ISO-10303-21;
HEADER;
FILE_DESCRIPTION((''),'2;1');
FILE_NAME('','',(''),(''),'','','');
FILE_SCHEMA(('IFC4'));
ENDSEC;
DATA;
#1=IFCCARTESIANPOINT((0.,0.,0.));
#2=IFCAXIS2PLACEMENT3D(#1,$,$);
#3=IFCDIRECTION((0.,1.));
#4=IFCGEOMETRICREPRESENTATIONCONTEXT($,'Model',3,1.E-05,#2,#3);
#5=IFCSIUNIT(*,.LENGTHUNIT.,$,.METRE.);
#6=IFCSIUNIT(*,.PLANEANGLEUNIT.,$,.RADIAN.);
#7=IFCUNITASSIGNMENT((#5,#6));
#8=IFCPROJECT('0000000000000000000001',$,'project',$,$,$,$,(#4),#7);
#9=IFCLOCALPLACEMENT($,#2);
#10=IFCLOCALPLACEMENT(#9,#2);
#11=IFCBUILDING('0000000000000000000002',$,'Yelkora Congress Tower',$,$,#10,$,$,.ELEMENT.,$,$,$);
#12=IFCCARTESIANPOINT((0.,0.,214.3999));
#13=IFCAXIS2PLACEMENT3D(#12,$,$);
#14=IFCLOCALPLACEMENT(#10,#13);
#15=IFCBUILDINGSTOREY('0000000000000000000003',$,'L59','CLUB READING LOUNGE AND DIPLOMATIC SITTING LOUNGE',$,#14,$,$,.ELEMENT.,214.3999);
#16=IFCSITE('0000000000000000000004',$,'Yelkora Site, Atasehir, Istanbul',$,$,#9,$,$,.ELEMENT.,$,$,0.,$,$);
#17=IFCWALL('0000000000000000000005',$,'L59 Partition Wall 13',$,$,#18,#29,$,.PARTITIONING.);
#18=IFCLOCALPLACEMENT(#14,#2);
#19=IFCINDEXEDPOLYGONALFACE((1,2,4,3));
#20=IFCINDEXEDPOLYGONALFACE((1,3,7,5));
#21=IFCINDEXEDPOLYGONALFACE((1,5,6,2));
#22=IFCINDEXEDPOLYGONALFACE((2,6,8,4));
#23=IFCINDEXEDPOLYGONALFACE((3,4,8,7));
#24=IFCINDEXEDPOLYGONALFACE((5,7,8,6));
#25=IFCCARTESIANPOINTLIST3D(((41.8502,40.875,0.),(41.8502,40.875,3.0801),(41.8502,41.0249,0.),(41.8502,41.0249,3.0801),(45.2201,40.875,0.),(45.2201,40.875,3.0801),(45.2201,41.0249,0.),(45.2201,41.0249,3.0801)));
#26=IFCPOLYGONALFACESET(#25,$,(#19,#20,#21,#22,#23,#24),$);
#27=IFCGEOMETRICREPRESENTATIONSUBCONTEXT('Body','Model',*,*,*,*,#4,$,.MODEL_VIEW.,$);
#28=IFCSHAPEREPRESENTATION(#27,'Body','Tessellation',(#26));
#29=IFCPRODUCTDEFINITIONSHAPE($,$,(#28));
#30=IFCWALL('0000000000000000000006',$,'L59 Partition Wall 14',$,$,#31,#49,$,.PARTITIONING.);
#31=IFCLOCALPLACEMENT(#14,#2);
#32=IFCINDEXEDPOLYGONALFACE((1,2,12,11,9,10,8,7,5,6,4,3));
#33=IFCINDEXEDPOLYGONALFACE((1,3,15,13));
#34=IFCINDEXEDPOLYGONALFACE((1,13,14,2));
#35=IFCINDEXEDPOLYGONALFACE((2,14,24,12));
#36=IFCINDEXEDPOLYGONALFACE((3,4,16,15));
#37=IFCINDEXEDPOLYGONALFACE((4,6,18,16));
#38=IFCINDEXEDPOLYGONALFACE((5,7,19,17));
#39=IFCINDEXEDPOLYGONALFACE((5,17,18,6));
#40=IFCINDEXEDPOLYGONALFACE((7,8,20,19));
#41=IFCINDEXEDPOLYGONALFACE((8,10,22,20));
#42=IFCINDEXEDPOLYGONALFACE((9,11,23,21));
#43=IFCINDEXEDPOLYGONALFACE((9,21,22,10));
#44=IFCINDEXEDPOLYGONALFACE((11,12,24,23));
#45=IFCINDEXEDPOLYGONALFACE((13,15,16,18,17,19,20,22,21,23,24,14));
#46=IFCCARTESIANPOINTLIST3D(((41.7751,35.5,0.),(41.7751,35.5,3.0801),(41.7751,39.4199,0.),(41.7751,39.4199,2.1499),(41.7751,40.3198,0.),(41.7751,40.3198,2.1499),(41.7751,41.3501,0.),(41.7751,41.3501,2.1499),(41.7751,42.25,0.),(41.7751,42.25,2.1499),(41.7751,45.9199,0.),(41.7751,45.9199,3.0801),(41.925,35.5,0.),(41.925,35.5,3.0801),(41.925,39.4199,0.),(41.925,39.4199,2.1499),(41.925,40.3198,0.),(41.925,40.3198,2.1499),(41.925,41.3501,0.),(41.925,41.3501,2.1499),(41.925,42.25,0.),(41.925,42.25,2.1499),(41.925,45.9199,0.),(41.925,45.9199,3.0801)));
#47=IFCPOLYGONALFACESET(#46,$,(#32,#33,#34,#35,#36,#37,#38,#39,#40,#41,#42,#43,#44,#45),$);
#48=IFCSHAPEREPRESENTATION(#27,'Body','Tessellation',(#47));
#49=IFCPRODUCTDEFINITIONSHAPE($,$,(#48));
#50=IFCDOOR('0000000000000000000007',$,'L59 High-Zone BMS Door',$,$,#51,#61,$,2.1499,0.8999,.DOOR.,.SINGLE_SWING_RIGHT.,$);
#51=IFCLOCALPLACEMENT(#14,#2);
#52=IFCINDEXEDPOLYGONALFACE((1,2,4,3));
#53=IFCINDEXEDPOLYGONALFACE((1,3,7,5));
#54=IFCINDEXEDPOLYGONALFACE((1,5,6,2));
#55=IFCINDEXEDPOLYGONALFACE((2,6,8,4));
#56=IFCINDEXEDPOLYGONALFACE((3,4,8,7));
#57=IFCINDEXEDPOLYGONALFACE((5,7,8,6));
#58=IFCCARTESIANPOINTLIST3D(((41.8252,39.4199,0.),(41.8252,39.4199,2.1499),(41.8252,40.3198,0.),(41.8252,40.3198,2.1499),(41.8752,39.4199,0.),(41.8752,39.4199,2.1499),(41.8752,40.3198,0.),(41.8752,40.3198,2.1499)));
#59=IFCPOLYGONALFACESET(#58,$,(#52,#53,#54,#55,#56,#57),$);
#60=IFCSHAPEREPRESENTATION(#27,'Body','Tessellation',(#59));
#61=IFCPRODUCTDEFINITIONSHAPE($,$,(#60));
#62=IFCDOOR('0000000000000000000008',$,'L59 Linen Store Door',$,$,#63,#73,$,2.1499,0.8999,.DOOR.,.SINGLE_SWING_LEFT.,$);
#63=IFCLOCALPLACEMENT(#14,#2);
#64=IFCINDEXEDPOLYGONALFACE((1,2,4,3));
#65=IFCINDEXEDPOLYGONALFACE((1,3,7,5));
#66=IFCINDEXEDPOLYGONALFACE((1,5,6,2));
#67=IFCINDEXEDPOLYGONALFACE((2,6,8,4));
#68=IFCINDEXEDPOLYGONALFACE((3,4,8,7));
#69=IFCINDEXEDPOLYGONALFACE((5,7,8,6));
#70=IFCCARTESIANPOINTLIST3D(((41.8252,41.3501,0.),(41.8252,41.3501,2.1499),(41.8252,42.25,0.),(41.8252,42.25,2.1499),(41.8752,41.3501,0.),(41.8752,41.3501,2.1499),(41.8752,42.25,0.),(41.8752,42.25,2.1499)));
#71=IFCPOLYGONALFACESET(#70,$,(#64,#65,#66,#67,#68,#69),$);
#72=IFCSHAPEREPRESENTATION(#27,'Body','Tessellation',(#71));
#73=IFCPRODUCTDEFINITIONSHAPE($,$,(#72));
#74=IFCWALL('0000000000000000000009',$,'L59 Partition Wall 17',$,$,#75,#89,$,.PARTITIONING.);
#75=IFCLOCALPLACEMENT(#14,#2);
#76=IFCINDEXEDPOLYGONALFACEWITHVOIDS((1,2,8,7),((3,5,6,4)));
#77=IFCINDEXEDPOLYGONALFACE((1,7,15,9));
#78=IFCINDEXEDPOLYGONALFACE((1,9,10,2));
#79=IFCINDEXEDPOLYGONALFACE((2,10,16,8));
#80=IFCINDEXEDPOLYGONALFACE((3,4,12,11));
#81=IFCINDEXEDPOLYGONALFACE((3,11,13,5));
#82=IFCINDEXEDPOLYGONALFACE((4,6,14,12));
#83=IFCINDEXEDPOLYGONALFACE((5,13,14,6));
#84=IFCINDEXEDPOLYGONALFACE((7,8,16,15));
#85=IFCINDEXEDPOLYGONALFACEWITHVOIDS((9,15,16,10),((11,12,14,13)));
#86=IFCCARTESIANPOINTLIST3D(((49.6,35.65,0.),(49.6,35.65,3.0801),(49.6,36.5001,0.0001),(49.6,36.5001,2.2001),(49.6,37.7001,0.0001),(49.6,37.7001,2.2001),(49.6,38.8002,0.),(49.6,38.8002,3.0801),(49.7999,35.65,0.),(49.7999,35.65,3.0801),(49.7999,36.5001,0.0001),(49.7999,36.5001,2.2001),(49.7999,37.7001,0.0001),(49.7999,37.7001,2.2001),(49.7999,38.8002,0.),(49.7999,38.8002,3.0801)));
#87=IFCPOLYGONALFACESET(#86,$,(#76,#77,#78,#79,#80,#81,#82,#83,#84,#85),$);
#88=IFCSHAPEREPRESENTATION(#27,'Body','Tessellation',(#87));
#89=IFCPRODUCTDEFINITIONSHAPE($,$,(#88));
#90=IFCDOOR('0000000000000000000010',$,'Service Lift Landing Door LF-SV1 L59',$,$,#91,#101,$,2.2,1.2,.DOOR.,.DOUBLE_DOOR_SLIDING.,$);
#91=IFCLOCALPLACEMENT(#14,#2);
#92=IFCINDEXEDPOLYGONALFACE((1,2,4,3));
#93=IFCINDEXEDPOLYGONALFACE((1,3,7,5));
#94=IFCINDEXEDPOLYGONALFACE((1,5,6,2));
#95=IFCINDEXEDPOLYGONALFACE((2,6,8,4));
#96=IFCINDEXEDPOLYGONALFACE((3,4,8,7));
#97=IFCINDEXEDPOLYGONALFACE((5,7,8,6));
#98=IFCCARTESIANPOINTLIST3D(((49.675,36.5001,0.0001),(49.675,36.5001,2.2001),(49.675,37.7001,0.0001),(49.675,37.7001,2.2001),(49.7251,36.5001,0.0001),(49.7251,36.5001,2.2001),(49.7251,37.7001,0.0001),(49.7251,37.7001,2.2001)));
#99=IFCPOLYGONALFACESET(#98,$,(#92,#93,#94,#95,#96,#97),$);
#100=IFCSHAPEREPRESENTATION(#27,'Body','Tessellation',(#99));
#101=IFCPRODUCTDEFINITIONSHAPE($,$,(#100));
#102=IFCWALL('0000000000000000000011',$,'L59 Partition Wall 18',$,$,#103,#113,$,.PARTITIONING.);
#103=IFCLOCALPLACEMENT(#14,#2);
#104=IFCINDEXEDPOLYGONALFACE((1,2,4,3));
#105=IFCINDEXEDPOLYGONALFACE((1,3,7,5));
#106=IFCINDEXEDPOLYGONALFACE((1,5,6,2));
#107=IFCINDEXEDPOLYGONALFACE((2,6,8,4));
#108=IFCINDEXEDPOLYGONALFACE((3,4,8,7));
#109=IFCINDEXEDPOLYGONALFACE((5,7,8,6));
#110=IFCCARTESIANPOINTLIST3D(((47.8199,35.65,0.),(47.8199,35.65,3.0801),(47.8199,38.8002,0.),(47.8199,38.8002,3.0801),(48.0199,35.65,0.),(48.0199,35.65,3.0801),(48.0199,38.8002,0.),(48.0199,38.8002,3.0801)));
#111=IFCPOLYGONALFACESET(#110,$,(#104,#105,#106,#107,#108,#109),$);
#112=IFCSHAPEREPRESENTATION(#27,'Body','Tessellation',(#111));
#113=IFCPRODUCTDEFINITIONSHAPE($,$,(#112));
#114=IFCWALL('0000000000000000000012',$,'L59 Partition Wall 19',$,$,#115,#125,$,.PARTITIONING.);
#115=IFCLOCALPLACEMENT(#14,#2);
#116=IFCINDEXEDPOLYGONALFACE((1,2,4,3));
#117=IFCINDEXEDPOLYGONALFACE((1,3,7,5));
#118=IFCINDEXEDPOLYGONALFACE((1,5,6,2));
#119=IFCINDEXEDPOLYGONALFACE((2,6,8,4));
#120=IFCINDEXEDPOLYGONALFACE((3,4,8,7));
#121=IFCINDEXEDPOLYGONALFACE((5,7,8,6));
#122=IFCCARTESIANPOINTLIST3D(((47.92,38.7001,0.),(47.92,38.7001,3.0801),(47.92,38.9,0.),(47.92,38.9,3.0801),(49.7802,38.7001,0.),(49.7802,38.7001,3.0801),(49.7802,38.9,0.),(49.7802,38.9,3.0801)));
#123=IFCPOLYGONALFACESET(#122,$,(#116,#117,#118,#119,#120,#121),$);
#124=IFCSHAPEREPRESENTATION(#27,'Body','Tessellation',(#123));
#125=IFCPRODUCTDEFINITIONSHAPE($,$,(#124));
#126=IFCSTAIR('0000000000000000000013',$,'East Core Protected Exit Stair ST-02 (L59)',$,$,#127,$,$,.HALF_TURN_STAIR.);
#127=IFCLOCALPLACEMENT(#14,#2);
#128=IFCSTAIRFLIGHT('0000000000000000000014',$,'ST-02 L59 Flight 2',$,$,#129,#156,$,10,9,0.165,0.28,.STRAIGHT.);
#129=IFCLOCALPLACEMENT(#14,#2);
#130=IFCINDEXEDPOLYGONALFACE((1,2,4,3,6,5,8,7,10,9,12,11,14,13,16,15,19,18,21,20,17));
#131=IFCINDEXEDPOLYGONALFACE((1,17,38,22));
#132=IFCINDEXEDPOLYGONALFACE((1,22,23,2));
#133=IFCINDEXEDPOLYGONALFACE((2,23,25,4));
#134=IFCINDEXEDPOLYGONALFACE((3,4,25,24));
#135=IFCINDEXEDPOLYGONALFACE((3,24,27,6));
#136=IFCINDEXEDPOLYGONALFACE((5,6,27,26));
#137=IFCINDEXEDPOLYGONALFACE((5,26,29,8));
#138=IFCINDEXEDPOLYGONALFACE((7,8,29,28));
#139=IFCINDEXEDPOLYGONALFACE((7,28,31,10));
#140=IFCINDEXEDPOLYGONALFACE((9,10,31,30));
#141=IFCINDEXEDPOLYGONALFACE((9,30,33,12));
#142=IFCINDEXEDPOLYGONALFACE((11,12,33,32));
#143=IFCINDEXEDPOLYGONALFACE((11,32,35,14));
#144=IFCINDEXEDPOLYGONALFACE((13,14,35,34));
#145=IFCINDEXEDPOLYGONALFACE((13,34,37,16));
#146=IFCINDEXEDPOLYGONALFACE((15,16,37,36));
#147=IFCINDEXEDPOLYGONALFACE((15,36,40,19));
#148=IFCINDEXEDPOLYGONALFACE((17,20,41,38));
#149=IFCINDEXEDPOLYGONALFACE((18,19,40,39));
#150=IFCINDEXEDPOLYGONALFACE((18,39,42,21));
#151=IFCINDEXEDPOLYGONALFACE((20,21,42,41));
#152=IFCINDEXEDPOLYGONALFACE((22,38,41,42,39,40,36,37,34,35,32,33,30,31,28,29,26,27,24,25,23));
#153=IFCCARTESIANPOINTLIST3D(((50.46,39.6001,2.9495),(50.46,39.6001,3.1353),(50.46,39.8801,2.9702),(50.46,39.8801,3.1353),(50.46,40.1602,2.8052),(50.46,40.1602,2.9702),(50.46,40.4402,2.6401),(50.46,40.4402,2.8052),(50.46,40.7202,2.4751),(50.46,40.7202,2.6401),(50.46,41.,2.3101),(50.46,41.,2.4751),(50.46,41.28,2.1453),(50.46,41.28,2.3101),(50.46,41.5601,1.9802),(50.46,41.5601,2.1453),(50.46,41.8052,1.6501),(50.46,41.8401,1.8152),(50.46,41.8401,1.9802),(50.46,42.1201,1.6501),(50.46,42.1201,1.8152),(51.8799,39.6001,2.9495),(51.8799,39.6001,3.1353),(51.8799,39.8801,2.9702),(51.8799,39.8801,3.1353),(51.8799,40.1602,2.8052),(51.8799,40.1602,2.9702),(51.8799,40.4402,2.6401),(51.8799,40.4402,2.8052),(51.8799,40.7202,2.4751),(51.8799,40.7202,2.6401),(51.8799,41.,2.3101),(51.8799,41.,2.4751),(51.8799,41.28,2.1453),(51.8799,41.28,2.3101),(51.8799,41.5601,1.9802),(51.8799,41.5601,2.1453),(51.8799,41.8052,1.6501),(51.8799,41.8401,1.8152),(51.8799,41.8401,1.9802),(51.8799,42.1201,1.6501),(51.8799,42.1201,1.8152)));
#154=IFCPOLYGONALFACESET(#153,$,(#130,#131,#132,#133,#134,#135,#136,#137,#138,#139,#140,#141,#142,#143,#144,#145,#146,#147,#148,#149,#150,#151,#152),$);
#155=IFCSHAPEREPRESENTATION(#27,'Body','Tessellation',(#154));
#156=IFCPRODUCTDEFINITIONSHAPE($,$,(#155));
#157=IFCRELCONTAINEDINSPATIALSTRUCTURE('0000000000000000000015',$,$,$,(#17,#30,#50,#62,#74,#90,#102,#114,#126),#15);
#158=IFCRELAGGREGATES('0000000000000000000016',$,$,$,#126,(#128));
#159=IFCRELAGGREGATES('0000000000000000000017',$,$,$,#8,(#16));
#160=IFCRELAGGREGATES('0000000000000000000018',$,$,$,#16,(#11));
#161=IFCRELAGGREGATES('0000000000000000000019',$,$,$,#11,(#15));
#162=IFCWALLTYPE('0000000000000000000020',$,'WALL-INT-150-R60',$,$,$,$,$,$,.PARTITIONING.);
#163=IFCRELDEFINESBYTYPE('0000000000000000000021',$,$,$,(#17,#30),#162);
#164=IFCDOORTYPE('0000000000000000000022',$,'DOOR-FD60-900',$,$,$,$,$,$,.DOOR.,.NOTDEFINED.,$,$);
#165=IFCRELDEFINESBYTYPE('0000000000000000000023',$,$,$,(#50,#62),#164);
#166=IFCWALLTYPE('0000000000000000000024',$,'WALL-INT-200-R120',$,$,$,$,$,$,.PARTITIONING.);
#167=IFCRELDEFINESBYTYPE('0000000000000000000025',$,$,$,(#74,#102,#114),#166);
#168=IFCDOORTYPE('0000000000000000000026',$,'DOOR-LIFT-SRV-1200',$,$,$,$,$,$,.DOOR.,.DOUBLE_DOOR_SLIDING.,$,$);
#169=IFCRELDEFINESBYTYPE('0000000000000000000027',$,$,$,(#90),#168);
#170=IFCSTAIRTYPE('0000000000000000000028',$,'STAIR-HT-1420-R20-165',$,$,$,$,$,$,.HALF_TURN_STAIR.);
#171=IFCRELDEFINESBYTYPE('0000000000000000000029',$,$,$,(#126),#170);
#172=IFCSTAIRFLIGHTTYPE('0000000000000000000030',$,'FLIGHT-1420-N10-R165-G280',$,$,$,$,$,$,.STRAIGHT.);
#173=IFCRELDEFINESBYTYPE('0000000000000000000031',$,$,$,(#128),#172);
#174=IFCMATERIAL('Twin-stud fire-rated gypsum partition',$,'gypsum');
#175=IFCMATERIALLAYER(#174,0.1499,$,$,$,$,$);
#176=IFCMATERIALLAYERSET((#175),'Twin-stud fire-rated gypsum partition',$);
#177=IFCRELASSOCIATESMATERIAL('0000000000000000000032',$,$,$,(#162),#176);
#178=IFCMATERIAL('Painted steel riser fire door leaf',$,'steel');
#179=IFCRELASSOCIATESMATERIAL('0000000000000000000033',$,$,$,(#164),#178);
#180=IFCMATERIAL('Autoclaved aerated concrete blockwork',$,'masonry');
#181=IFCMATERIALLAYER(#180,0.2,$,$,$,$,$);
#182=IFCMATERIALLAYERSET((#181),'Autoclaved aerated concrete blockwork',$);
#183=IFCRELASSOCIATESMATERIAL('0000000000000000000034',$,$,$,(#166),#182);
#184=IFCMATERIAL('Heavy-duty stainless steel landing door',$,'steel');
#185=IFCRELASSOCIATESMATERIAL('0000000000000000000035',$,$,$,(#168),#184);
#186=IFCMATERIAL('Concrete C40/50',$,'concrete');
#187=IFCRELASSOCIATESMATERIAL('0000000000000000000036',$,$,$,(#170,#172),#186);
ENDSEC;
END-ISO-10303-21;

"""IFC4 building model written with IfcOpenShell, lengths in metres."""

from ifc_helpers import new_model, si_unit, direction, frame, frame_2d, origin, place, context, subcontext, project, spatial, polyline, rectangle, outline, extrude, material, layer, layer_set, type_object, element, fill, aggregate, save


model = new_model("IFC4")

# Units and contexts
model_context = context("Model", 3, precision=1e-05, world=origin(), true_north=direction((0.0, 1.0)))
body_context = subcontext(model_context, "Body", "Model", "MODEL_VIEW")
ifc_project = project(units=[si_unit("LENGTHUNIT", "METRE"), si_unit("PLANEANGLEUNIT", "RADIAN")], contexts=[model_context])

# Site, building, storey
site_placement = place(None, origin())
site = spatial("IfcSite", under=ifc_project, at=site_placement, Name="Yelkora Site, Atasehir, Istanbul", CompositionType="ELEMENT", RefElevation=0.0)
building_placement = place(site_placement, origin())
building = spatial("IfcBuilding", under=site, at=building_placement, Name="Yelkora Congress Tower", CompositionType="ELEMENT")
storey_placement = place(building_placement, frame((0.0, 0.0, 214.3999)))
storey = spatial("IfcBuildingStorey", under=building, at=storey_placement, Name="L59", Description="CLUB READING LOUNGE AND DIPLOMATIC SITTING LOUNGE", CompositionType="ELEMENT", Elevation=214.3999)

# Wall
ifc_material_1 = material(Name="Twin-stud fire-rated gypsum partition", Category="gypsum")
ifc_layer_1 = layer(ifc_material_1, 0.1499)
ifc_layer_set_1 = layer_set([ifc_layer_1], Name="Twin-stud fire-rated gypsum partition")
wall_type_1 = type_object("IfcWallType", Name="WALL-INT-150-R60", PredefinedType="PARTITIONING", material=ifc_layer_set_1)
wall_1_placement = place(storey_placement, frame((41.8501, 40.95, 0.0), z_axis=(0.0, 0.0, 1.0), x_axis=(1.0, 0.0, 0.0)))
element("IfcWall", 1, at=wall_1_placement, inside=storey, type_object=wall_type_1, Name="L59 Partition Wall 13", PredefinedType="PARTITIONING", context=body_context, shape_type="SweptSolid", body=[
    extrude(rectangle(XDim=3.3699, YDim=0.1499, at=frame_2d((1.6851, 0.0))), origin(), (0.0, 0.0, 1.0), 3.0801),
])

# Wall, openings, doors
wall_2_placement = place(storey_placement, frame((41.8501, 35.5, 0.0), z_axis=(0.0, 0.0, 1.0), x_axis=(0.0, 1.0, 0.0)))
wall_2 = element("IfcWall", 2, at=wall_2_placement, inside=storey, type_object=wall_type_1, Name="L59 Partition Wall 14", PredefinedType="PARTITIONING", context=body_context, shape_type="SweptSolid", body=[
    extrude(rectangle(XDim=10.4199, YDim=0.1499, at=frame_2d((5.21, 0.0))), origin(), (0.0, 0.0, 1.0), 3.0801),
])
opening_1_placement = place(wall_2_placement, frame((3.9199, 0.0, 0.0)))
opening_1 = element("IfcOpeningElement", 3, at=opening_1_placement, cuts=wall_2, PredefinedType="OPENING", context=body_context, shape_type="SweptSolid", body=[
    extrude(rectangle(XDim=0.8999, YDim=2.1499, at=frame_2d((0.45, 1.075))), frame((0.0, 0.085, 0.0), z_axis=(0.0, -1.0, 0.0), x_axis=(1.0, 0.0, 0.0)), (0.0, 0.0, 1.0), 0.1699),
])
opening_2_placement = place(wall_2_placement, frame((5.8501, 0.0, 0.0)))
opening_2 = element("IfcOpeningElement", 4, at=opening_2_placement, cuts=wall_2, PredefinedType="OPENING", context=body_context, shape_type="SweptSolid", body=[
    extrude(rectangle(XDim=0.8999, YDim=2.1499, at=frame_2d((0.45, 1.075))), frame((0.0, 0.085, 0.0), z_axis=(0.0, -1.0, 0.0), x_axis=(1.0, 0.0, 0.0)), (0.0, 0.0, 1.0), 0.1699),
])
ifc_material_2 = material(Name="Painted steel riser fire door leaf", Category="steel")
door_type_1 = type_object("IfcDoorType", Name="DOOR-FD60-900", OperationType="NOTDEFINED", PredefinedType="DOOR", material=ifc_material_2)
door_1_placement = place(opening_1_placement, origin())
door_1 = element("IfcDoor", 5, at=door_1_placement, inside=storey, type_object=door_type_1, Name="L59 High-Zone BMS Door", OperationType="SINGLE_SWING_RIGHT", OverallHeight=2.1499, OverallWidth=0.8999, PredefinedType="DOOR", context=body_context, shape_type="SweptSolid", body=[
    extrude(rectangle(XDim=0.8999, YDim=2.1499, at=frame_2d((0.45, 1.075))), frame((0.0, 0.0249, 0.0), z_axis=(0.0, -1.0, 0.0), x_axis=(1.0, 0.0, 0.0)), (0.0, 0.0, 1.0), 0.05),
])
fill(opening_1, door_1)
door_2_placement = place(opening_2_placement, origin())
door_2 = element("IfcDoor", 6, at=door_2_placement, inside=storey, type_object=door_type_1, Name="L59 Linen Store Door", OperationType="SINGLE_SWING_LEFT", OverallHeight=2.1499, OverallWidth=0.8999, PredefinedType="DOOR", context=body_context, shape_type="SweptSolid", body=[
    extrude(rectangle(XDim=0.8999, YDim=2.1499, at=frame_2d((0.45, 1.075))), frame((0.0, 0.0249, 0.0), z_axis=(0.0, -1.0, 0.0), x_axis=(1.0, 0.0, 0.0)), (0.0, 0.0, 1.0), 0.05),
])
fill(opening_2, door_2)

# Wall, opening, door
ifc_material_3 = material(Name="Autoclaved aerated concrete blockwork", Category="masonry")
ifc_layer_2 = layer(ifc_material_3, 0.2)
ifc_layer_set_2 = layer_set([ifc_layer_2], Name="Autoclaved aerated concrete blockwork")
wall_type_2 = type_object("IfcWallType", Name="WALL-INT-200-R120", PredefinedType="PARTITIONING", material=ifc_layer_set_2)
wall_3_placement = place(storey_placement, frame((49.7, 35.6499, 0.0), z_axis=(0.0, 0.0, 1.0), x_axis=(0.0, 1.0, 0.0)))
wall_3 = element("IfcWall", 7, at=wall_3_placement, inside=storey, type_object=wall_type_2, Name="L59 Partition Wall 17", PredefinedType="PARTITIONING", context=body_context, shape_type="SweptSolid", body=[
    extrude(rectangle(XDim=3.1501, YDim=0.2, at=frame_2d((1.5752, 0.0))), origin(), (0.0, 0.0, 1.0), 3.0801),
])
opening_3_placement = place(wall_3_placement, frame((0.8501, 0.0, 0.0)))
opening_3 = element("IfcOpeningElement", 8, at=opening_3_placement, cuts=wall_3, PredefinedType="OPENING", context=body_context, shape_type="SweptSolid", body=[
    extrude(rectangle(XDim=1.2, YDim=2.2, at=frame_2d((0.6001, 1.1001))), frame((0.0, 0.1099, 0.0), z_axis=(0.0, -1.0, 0.0), x_axis=(1.0, 0.0, 0.0)), (0.0, 0.0, 1.0), 0.22),
])
ifc_material_4 = material(Name="Heavy-duty stainless steel landing door", Category="steel")
door_type_2 = type_object("IfcDoorType", Name="DOOR-LIFT-SRV-1200", OperationType="DOUBLE_DOOR_SLIDING", PredefinedType="DOOR", material=ifc_material_4)
door_3_placement = place(opening_3_placement, origin())
door_3 = element("IfcDoor", 9, at=door_3_placement, inside=storey, type_object=door_type_2, Name="Service Lift Landing Door LF-SV1 L59", OperationType="DOUBLE_DOOR_SLIDING", OverallHeight=2.2, OverallWidth=1.2, PredefinedType="DOOR", context=body_context, shape_type="SweptSolid", body=[
    extrude(rectangle(XDim=1.2, YDim=2.2, at=frame_2d((0.6001, 1.1001))), frame((0.0, 0.0249, 0.0), z_axis=(0.0, -1.0, 0.0), x_axis=(1.0, 0.0, 0.0)), (0.0, 0.0, 1.0), 0.05),
])
fill(opening_3, door_3)

# Walls
wall_4_placement = place(storey_placement, frame((47.9199, 35.6499, 0.0), z_axis=(0.0, 0.0, 1.0), x_axis=(0.0, 1.0, 0.0)))
element("IfcWall", 10, at=wall_4_placement, inside=storey, type_object=wall_type_2, Name="L59 Partition Wall 18", PredefinedType="PARTITIONING", context=body_context, shape_type="SweptSolid", body=[
    extrude(rectangle(XDim=3.1501, YDim=0.2, at=frame_2d((1.5752, 0.0))), origin(), (0.0, 0.0, 1.0), 3.0801),
])
wall_5_placement = place(storey_placement, frame((47.9199, 38.8, 0.0), z_axis=(0.0, 0.0, 1.0), x_axis=(1.0, 0.0, 0.0)))
element("IfcWall", 11, at=wall_5_placement, inside=storey, type_object=wall_type_2, Name="L59 Partition Wall 19", PredefinedType="PARTITIONING", context=body_context, shape_type="SweptSolid", body=[
    extrude(rectangle(XDim=1.8601, YDim=0.2, at=frame_2d((0.9302, 0.0))), origin(), (0.0, 0.0, 1.0), 3.0801),
])

# Stair, stair flight
ifc_material_5 = material(Name="Concrete C40/50", Category="concrete")
stair_type = type_object("IfcStairType", Name="STAIR-HT-1420-R20-165", PredefinedType="HALF_TURN_STAIR", material=ifc_material_5)
stair_placement = place(storey_placement, origin())
stair = element("IfcStair", 12, at=stair_placement, inside=storey, type_object=stair_type, Name="East Core Protected Exit Stair ST-02 (L59)", PredefinedType="HALF_TURN_STAIR")
stair_flight_type = type_object("IfcStairFlightType", Name="FLIGHT-1420-N10-R165-G280", PredefinedType="STRAIGHT", material=ifc_material_5)
stair_flight_placement = place(storey_placement, frame((51.1699, 42.1201, 1.6501), z_axis=(0.0, 0.0, 1.0), x_axis=(0.0, -1.0, 0.0)))
stair_flight = element("IfcStairFlight", 13, at=stair_flight_placement, type_object=stair_flight_type, Name="ST-02 L59 Flight 2", NumberOfRisers=10, NumberOfTreads=9, PredefinedType="STRAIGHT", RiserHeight=0.165, TreadLength=0.28, context=body_context, shape_type="SweptSolid", body=[
    extrude(outline(polyline([(0.0, 0.0), (0.0, 0.165), (0.28, 0.165), (0.28, 0.3301), (0.5601, 0.3301), (0.5601, 0.4951), (0.8401, 0.4951), (0.8401, 0.6599), (1.1201, 0.6599), (1.1201, 0.825), (1.3999, 0.825), (1.3999, 0.99), (1.6799, 0.99), (1.6799, 1.155), (1.96, 1.155), (1.96, 1.3201), (2.24, 1.3201), (2.24, 1.4851), (2.52, 1.4851), (2.52, 1.6499), (2.52, 1.2993), (0.3149, 0.0), (0.0, 0.0)])), frame((0.0, 0.71, 0.0), z_axis=(0.0, -1.0, 0.0), x_axis=(1.0, 0.0, 0.0)), (0.0, 0.0, 1.0), 1.4199),
])
aggregate(stair, [stair_flight])

save(model, "model.ifc")
